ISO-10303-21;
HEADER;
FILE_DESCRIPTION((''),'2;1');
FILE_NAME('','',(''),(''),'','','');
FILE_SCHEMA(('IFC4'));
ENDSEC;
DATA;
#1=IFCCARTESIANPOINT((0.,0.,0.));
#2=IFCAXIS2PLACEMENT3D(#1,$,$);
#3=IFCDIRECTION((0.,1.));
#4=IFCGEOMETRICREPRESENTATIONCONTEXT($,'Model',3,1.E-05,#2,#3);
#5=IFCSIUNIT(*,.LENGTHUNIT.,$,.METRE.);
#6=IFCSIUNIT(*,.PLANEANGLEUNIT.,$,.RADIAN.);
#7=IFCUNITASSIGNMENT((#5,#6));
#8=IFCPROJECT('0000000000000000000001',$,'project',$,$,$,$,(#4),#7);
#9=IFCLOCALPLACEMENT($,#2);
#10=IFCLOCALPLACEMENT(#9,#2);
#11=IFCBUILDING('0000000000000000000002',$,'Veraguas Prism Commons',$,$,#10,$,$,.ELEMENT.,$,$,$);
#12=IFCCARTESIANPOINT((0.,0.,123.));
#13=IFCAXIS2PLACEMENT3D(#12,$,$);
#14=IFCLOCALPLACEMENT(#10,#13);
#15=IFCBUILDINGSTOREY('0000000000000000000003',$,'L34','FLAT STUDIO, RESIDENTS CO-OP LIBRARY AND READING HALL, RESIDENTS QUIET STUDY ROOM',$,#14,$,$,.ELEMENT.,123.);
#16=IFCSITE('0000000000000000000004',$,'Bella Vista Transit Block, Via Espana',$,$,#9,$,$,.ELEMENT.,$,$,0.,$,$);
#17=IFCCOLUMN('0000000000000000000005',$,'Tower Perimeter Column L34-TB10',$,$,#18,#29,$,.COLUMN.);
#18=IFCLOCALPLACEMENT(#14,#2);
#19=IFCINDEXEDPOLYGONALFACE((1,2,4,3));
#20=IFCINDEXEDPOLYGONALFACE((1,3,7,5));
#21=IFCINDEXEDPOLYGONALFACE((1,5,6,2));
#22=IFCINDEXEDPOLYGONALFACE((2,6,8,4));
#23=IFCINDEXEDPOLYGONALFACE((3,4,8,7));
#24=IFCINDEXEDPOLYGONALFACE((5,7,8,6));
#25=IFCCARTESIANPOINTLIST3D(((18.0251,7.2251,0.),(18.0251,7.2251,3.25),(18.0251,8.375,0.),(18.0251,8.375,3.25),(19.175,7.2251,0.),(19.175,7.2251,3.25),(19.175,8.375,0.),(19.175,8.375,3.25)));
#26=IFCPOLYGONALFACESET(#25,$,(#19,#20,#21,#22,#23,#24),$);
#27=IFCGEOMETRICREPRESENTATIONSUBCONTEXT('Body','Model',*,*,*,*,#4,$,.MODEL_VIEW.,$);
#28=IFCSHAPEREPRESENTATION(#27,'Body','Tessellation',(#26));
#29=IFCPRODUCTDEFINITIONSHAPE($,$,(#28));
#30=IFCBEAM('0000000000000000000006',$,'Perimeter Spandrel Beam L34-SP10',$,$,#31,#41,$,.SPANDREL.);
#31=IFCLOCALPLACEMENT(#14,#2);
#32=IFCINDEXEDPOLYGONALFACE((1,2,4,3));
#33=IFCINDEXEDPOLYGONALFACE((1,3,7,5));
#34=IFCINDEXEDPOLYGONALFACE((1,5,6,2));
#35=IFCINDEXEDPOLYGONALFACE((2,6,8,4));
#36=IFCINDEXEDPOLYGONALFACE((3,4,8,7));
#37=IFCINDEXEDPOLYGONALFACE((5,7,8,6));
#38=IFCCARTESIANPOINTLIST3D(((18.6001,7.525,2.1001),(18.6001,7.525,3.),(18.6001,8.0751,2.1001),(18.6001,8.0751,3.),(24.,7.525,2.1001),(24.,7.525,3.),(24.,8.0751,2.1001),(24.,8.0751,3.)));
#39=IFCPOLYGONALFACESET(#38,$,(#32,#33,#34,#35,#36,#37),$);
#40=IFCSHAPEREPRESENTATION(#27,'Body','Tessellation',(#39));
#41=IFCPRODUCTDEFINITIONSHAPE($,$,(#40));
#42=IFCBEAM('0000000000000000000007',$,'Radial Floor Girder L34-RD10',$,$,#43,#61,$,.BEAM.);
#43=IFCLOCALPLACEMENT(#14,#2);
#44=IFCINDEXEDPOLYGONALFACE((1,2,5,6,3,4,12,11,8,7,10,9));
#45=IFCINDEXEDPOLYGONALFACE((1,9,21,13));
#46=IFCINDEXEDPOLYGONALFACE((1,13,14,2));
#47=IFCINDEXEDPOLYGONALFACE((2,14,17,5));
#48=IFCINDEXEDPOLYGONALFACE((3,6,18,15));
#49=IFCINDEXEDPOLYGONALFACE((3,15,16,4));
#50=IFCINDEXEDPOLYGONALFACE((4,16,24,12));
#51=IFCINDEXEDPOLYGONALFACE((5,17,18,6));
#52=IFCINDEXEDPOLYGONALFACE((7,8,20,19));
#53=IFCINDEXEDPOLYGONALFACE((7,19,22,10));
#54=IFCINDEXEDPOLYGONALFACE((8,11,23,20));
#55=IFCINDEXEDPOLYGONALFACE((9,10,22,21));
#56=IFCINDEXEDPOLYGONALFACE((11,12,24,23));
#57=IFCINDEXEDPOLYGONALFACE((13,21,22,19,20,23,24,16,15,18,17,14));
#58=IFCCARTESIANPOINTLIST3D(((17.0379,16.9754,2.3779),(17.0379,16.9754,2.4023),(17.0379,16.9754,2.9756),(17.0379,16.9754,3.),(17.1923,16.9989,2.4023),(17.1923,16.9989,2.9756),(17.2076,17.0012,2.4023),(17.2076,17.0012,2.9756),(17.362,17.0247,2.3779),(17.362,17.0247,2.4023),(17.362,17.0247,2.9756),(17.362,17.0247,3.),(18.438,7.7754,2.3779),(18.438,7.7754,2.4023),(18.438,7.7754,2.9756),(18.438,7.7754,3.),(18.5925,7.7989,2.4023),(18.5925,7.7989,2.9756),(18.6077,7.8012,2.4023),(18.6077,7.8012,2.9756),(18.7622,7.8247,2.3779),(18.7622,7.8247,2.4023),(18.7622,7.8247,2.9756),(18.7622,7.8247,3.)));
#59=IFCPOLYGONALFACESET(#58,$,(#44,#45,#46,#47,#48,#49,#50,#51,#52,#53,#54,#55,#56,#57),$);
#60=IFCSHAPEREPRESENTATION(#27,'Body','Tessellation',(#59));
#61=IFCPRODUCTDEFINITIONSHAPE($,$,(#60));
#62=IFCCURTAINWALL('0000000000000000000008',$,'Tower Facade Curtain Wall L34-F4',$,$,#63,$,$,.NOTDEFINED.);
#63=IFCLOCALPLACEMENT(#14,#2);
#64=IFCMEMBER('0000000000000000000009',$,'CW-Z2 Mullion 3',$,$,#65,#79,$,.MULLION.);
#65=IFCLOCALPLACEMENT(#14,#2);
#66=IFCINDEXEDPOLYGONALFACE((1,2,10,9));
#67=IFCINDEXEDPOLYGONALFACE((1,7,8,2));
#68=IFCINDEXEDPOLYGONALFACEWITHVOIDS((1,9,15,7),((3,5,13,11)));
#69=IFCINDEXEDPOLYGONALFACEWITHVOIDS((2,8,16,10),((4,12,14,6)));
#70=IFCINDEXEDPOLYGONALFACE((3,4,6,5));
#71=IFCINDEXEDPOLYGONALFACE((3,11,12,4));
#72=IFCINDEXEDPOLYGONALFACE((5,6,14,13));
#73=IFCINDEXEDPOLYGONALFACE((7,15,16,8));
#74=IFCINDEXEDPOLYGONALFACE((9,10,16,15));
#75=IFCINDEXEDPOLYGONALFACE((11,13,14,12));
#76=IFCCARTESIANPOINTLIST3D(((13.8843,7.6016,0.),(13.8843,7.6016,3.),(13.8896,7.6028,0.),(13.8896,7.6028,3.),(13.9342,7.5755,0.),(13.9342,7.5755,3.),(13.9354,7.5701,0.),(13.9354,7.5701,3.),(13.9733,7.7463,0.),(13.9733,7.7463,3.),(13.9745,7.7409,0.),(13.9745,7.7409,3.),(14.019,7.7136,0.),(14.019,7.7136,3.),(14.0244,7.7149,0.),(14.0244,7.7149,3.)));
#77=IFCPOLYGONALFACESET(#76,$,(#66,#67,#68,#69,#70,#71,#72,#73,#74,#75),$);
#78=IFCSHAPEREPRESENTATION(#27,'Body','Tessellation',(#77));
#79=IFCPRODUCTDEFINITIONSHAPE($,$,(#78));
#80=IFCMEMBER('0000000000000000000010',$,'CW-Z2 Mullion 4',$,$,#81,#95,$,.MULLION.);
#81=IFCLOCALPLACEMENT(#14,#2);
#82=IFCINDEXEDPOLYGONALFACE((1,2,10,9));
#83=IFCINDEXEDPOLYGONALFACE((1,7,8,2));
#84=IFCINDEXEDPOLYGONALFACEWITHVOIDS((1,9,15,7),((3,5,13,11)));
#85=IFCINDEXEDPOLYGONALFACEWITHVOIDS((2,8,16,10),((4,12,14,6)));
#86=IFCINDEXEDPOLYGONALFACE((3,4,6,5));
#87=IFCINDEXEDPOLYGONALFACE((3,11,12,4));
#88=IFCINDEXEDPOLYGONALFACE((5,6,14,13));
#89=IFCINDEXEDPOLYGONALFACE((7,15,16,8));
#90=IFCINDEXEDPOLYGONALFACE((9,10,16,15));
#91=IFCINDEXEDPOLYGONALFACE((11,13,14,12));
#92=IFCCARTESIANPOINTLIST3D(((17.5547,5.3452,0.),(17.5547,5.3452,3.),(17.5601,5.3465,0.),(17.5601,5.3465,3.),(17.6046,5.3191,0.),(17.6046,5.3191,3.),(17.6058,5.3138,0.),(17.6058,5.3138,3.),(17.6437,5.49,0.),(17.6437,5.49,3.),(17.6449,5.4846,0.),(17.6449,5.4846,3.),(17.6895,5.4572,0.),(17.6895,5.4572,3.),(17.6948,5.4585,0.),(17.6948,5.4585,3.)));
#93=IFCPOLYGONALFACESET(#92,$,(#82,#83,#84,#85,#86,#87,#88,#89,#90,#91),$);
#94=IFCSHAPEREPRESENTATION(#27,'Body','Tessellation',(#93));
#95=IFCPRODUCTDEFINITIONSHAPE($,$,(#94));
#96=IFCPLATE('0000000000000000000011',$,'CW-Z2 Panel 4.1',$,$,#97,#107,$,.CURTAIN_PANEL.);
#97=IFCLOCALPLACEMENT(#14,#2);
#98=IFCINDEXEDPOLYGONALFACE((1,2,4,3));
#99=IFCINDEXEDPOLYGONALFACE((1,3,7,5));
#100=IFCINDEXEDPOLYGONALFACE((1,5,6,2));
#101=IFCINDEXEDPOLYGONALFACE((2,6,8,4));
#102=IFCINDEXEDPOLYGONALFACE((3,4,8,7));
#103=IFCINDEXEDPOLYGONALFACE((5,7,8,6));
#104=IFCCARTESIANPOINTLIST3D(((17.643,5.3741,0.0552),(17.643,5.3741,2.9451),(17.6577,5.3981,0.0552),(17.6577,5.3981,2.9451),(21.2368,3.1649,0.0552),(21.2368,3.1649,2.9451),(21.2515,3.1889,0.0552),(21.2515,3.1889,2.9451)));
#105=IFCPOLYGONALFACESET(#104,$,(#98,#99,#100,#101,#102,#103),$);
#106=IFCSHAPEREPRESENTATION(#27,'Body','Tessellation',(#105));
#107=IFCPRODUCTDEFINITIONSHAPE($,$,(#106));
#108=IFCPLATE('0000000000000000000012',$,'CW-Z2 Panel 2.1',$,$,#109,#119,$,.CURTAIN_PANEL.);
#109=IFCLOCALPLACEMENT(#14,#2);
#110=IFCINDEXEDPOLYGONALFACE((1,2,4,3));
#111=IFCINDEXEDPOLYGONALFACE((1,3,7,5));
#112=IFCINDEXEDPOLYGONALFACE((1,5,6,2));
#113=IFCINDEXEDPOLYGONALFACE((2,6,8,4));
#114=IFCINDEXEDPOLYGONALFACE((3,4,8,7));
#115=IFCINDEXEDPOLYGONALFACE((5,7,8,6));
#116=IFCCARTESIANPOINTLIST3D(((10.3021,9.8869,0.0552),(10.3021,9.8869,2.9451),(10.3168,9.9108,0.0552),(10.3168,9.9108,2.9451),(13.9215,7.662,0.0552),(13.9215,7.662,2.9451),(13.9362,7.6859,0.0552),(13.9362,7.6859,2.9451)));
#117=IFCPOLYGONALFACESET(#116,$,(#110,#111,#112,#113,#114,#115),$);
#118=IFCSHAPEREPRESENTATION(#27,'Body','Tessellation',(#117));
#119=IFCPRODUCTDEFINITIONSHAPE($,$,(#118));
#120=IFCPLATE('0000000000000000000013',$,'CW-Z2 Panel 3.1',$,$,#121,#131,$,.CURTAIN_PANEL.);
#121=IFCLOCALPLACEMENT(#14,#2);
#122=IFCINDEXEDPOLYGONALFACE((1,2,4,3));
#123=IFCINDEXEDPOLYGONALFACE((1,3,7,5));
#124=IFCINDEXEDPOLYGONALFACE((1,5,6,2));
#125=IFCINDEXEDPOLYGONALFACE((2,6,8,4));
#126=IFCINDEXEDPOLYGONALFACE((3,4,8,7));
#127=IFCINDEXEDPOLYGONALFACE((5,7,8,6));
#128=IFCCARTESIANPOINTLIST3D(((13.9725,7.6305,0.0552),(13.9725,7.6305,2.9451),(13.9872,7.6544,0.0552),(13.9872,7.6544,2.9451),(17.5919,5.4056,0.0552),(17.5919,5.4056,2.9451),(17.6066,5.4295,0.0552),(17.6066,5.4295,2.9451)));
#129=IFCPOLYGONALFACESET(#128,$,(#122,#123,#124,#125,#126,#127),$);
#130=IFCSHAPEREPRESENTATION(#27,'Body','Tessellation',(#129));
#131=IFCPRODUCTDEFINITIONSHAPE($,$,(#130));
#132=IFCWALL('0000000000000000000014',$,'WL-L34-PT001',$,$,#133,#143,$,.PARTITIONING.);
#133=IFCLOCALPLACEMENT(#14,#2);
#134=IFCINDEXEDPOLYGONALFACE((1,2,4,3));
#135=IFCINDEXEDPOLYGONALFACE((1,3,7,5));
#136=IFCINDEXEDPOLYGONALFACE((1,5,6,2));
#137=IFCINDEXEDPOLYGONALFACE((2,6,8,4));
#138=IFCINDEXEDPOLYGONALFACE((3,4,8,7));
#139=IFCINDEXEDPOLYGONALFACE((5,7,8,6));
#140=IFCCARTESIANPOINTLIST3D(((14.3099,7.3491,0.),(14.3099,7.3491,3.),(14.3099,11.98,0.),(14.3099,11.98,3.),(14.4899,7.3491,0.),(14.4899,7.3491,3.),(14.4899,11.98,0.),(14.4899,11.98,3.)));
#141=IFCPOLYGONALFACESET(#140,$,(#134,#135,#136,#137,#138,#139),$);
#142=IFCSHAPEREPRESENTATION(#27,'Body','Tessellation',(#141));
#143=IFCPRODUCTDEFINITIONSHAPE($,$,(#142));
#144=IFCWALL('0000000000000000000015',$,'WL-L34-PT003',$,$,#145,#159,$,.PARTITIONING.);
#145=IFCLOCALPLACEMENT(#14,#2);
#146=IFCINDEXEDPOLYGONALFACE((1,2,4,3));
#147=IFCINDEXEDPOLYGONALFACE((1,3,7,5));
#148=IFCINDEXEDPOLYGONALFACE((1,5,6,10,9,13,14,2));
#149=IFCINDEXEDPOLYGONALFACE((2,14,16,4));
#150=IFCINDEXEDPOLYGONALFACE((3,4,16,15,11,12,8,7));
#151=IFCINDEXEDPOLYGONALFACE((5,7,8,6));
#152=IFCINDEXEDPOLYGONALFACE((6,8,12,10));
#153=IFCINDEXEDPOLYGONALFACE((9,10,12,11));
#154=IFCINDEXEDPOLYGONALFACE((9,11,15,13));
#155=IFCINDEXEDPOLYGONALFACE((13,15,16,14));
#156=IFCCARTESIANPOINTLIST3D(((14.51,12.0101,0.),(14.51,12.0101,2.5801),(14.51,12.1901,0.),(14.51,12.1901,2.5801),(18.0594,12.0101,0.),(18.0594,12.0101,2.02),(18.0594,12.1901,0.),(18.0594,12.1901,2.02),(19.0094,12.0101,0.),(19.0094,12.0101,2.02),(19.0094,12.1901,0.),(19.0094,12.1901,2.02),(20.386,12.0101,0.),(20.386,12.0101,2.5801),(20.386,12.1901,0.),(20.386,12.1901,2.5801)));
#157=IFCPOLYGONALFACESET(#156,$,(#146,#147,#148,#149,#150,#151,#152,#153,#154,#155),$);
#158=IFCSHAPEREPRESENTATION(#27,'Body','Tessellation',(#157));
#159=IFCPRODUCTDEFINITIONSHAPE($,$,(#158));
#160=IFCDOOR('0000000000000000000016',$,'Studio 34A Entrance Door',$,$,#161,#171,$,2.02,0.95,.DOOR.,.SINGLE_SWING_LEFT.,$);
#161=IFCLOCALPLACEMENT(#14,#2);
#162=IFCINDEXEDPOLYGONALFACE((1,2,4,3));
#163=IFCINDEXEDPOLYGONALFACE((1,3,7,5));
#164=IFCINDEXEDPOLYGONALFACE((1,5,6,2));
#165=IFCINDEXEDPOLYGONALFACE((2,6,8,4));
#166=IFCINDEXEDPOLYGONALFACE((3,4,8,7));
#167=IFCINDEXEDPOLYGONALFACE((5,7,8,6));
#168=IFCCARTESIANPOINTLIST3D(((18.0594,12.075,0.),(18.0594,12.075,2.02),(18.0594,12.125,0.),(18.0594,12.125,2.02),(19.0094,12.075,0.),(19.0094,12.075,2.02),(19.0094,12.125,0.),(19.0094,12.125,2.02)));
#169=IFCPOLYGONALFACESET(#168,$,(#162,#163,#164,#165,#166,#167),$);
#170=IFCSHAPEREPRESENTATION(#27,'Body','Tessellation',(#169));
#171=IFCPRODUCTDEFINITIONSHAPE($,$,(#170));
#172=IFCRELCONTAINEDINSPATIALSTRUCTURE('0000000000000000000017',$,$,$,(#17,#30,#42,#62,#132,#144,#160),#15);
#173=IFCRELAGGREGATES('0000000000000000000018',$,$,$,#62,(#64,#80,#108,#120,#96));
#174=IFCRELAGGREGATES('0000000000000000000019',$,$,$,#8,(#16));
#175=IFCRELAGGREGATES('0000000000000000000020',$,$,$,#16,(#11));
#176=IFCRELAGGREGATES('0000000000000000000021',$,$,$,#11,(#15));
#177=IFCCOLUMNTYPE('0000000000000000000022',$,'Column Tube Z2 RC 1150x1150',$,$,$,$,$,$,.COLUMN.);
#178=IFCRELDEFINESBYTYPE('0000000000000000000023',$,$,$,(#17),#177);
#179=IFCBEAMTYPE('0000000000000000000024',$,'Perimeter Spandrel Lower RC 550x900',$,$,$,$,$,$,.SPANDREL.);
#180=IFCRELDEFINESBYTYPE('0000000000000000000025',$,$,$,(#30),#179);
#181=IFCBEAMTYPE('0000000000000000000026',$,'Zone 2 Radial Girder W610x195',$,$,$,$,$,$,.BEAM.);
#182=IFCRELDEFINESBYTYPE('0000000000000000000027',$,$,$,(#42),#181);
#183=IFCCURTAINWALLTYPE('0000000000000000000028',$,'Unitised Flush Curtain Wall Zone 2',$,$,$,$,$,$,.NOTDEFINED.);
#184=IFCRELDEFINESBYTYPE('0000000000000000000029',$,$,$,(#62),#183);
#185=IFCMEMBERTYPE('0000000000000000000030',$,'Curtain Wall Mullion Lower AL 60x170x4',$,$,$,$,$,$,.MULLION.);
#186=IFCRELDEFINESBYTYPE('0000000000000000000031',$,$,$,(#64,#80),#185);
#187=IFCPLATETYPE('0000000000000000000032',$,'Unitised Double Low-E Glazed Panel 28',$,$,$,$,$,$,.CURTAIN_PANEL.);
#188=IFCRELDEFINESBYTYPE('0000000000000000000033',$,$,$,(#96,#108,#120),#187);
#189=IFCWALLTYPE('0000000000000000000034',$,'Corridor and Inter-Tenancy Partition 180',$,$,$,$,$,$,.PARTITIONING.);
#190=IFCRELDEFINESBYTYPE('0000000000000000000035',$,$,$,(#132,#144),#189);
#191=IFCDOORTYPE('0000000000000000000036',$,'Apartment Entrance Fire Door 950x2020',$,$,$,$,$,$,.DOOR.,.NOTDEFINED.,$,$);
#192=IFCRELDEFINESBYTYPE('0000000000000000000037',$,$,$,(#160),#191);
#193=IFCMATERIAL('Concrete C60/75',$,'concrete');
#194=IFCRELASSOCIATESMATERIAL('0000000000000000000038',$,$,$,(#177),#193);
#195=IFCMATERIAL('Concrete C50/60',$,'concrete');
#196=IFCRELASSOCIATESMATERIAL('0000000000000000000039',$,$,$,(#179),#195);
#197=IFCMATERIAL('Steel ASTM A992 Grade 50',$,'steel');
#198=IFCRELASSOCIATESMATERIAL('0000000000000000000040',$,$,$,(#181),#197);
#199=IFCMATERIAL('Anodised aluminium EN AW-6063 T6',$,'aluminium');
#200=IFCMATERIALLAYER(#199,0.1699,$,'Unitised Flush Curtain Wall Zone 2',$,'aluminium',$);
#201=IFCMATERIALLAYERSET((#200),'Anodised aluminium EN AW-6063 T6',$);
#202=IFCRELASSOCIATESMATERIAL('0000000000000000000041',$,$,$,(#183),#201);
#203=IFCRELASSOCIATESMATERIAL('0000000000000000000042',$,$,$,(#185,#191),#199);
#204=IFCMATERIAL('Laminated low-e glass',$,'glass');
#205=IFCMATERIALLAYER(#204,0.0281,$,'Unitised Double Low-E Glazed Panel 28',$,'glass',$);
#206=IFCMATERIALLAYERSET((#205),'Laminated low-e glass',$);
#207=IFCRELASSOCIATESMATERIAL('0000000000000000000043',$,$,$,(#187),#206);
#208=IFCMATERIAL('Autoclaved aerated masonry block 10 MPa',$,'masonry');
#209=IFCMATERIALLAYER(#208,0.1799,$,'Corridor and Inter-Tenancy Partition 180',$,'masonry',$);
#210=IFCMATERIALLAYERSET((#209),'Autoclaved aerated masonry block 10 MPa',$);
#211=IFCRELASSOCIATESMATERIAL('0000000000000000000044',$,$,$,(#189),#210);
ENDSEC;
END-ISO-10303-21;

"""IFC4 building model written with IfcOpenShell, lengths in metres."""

from ifc_helpers import new_model, si_unit, direction, frame, frame_2d, origin, origin_2d, place, context, subcontext, project, spatial, rectangle, hollow_rectangle, i_section, extrude, source, transform, mapped, material, layer, layer_set, material_profile, profile_set, type_object, element, fill, aggregate, save


model = new_model("IFC4")

# Units and contexts
model_context = context("Model", 3, precision=1e-05, world=origin(), true_north=direction((0.0, 1.0)))
body_context = subcontext(model_context, "Body", "Model", "MODEL_VIEW")
ifc_project = project(units=[si_unit("LENGTHUNIT", "METRE"), si_unit("PLANEANGLEUNIT", "RADIAN")], contexts=[model_context])

# Site, building, storey
site_placement = place(None, origin())
site = spatial("IfcSite", under=ifc_project, at=site_placement, Name="Bella Vista Transit Block, Via Espana", CompositionType="ELEMENT", RefElevation=0.0)
building_placement = place(site_placement, origin())
building = spatial("IfcBuilding", under=site, at=building_placement, Name="Veraguas Prism Commons", CompositionType="ELEMENT")
storey_placement = place(building_placement, frame((0.0, 0.0, 123.0)))
storey = spatial("IfcBuildingStorey", under=building, at=storey_placement, Name="L34", Description="FLAT STUDIO, RESIDENTS CO-OP LIBRARY AND READING HALL, RESIDENTS QUIET STUDY ROOM", CompositionType="ELEMENT", Elevation=123.0)

# Column
ifc_material_1 = material(Name="Concrete C60/75", Category="concrete")
ifc_material_profile_1 = material_profile(ifc_material_1, rectangle(XDim=1.1499, YDim=1.1499, at=origin_2d()), Name="RC1150X1150")
ifc_profile_set_1 = profile_set([ifc_material_profile_1], Name="Concrete C60/75")
column_type = type_object("IfcColumnType", Name="Column Tube Z2 RC 1150x1150", PredefinedType="COLUMN", material=ifc_profile_set_1)
column_placement = place(storey_placement, frame((18.6001, 7.8, 0.0), z_axis=(0.0, 0.0, 1.0), x_axis=(1.0, 0.0, 0.0)))
element("IfcColumn", 1, at=column_placement, inside=storey, type_object=column_type, Name="Tower Perimeter Column L34-TB10", PredefinedType="COLUMN", context=body_context, shape_type="SweptSolid", body=[
    extrude(rectangle(XDim=1.1499, YDim=1.1499, at=origin_2d()), origin(), (0.0, 0.0, 1.0), 3.25),
])

# Beams
ifc_material_2 = material(Name="Concrete C50/60", Category="concrete")
ifc_material_profile_2 = material_profile(ifc_material_2, rectangle(XDim=0.55, YDim=0.8999, at=origin_2d()), Name="RC550X900")
ifc_profile_set_2 = profile_set([ifc_material_profile_2], Name="Concrete C50/60")
beam_type_1 = type_object("IfcBeamType", Name="Perimeter Spandrel Lower RC 550x900", PredefinedType="SPANDREL", material=ifc_profile_set_2)
beam_1_placement = place(storey_placement, frame((18.6001, 7.8, 2.55), z_axis=(1.0, 0.0, 0.0), x_axis=(0.0, 1.0, 0.0)))
element("IfcBeam", 2, at=beam_1_placement, inside=storey, type_object=beam_type_1, Name="Perimeter Spandrel Beam L34-SP10", PredefinedType="SPANDREL", context=body_context, shape_type="SweptSolid", body=[
    extrude(rectangle(XDim=0.55, YDim=0.8999, at=origin_2d()), origin(), (0.0, 0.0, 1.0), 5.3999),
])
ifc_material_3 = material(Name="Steel ASTM A992 Grade 50", Category="steel")
ifc_material_profile_3 = material_profile(ifc_material_3, i_section(OverallWidth=0.3279, OverallDepth=0.6221, WebThickness=0.0154, FlangeThickness=0.0244, at=origin_2d()), Name="W610X195")
ifc_profile_set_3 = profile_set([ifc_material_profile_3], Name="Steel ASTM A992 Grade 50")
beam_type_2 = type_object("IfcBeamType", Name="Zone 2 Radial Girder W610x195", PredefinedType="BEAM", material=ifc_profile_set_3)
beam_2_placement = place(storey_placement, frame((18.6001, 7.8, 2.689), z_axis=(-0.150458, 0.988616, 0.0), x_axis=(-0.988616, -0.150458, 0.0)))
element("IfcBeam", 3, at=beam_2_placement, inside=storey, type_object=beam_type_2, Name="Radial Floor Girder L34-RD10", PredefinedType="BEAM", context=body_context, shape_type="SweptSolid", body=[
    extrude(i_section(OverallWidth=0.3279, OverallDepth=0.6221, WebThickness=0.0154, FlangeThickness=0.0244, at=origin_2d()), origin(), (0.0, 0.0, 1.0), 9.3059),
])

# Curtain wall, members, plates
ifc_material_4 = material(Name="Anodised aluminium EN AW-6063 T6", Category="aluminium")
ifc_layer_1 = layer(ifc_material_4, 0.1699, Name="Unitised Flush Curtain Wall Zone 2", Category="aluminium")
ifc_layer_set_1 = layer_set([ifc_layer_1], Name="Anodised aluminium EN AW-6063 T6")
curtain_wall_type = type_object("IfcCurtainWallType", Name="Unitised Flush Curtain Wall Zone 2", PredefinedType="NOTDEFINED", material=ifc_layer_set_1)
curtain_wall_placement = place(storey_placement, origin())
curtain_wall = element("IfcCurtainWall", 4, at=curtain_wall_placement, inside=storey, type_object=curtain_wall_type, Name="Tower Facade Curtain Wall L34-F4", PredefinedType="NOTDEFINED")
ifc_material_profile_4 = material_profile(ifc_material_4, hollow_rectangle(XDim=0.0601, YDim=0.1699, WallThickness=0.0039, at=origin_2d()), Name="AL60X170X4")
ifc_profile_set_4 = profile_set([ifc_material_profile_4], Name="Anodised aluminium EN AW-6063 T6")
member_type = type_object("IfcMemberType", Name="Curtain Wall Mullion Lower AL 60x170x4", PredefinedType="MULLION", material=ifc_profile_set_4)
shared_shape_1 = source(origin(), body_context, "Body", "SweptSolid", [
    extrude(hollow_rectangle(XDim=0.0601, YDim=0.1699, WallThickness=0.0039, at=origin_2d()), origin(), (0.0, 0.0, 1.0), 3.0),
])
member_1_placement = place(storey_placement, frame((13.9543, 7.6582, 0.0), z_axis=(0.0, 0.0, 1.0), x_axis=(0.851908, -0.523692, 0.0)))
member_1 = element("IfcMember", 5, at=member_1_placement, type_object=member_type, Name="CW-Z2 Mullion 3", PredefinedType="MULLION", context=body_context, shape_type="MappedRepresentation", body=[
    mapped(shared_shape_1, transform((0.0, 0.0, 0.0), scale=1.0)),
])
member_2_placement = place(storey_placement, frame((17.6248, 5.4019, 0.0), z_axis=(0.0, 0.0, 1.0), x_axis=(0.851908, -0.523692, 0.0)))
member_2 = element("IfcMember", 6, at=member_2_placement, type_object=member_type, Name="CW-Z2 Mullion 4", PredefinedType="MULLION", context=body_context, shape_type="MappedRepresentation", body=[
    mapped(shared_shape_1, transform((0.0, 0.0, 0.0), scale=1.0)),
])
ifc_material_5 = material(Name="Laminated low-e glass", Category="glass")
ifc_layer_2 = layer(ifc_material_5, 0.0281, Name="Unitised Double Low-E Glazed Panel 28", Category="glass")
ifc_layer_set_2 = layer_set([ifc_layer_2], Name="Laminated low-e glass")
plate_type = type_object("IfcPlateType", Name="Unitised Double Low-E Glazed Panel 28", PredefinedType="CURTAIN_PANEL", material=ifc_layer_set_2)
shared_shape_2 = source(origin(), body_context, "Body", "SweptSolid", [
    extrude(rectangle(XDim=4.2185, YDim=0.0281, at=origin_2d()), origin(), (0.0, 0.0, 1.0), 2.8899),
])
plate_1_placement = place(storey_placement, frame((19.4473, 4.2815, 0.0552), z_axis=(0.0, 0.0, 1.0), x_axis=(0.851908, -0.523692, 0.0)))
plate_1 = element("IfcPlate", 7, at=plate_1_placement, type_object=plate_type, Name="CW-Z2 Panel 4.1", PredefinedType="CURTAIN_PANEL", context=body_context, shape_type="MappedRepresentation", body=[
    mapped(shared_shape_2, transform((0.0, 0.0, 0.0), scale=1.0)),
])
shared_shape_3 = source(origin(), body_context, "Body", "SweptSolid", [
    extrude(rectangle(XDim=4.2485, YDim=0.0281, at=origin_2d()), origin(), (0.0, 0.0, 1.0), 2.8899),
])
plate_2_placement = place(storey_placement, frame((12.1191, 8.7864, 0.0552), z_axis=(0.0, 0.0, 1.0), x_axis=(0.851908, -0.523692, 0.0)))
plate_2 = element("IfcPlate", 8, at=plate_2_placement, type_object=plate_type, Name="CW-Z2 Panel 2.1", PredefinedType="CURTAIN_PANEL", context=body_context, shape_type="MappedRepresentation", body=[
    mapped(shared_shape_3, transform((0.0, 0.0, 0.0), scale=1.0)),
])
plate_3_placement = place(storey_placement, frame((15.7896, 6.53, 0.0552), z_axis=(0.0, 0.0, 1.0), x_axis=(0.851908, -0.523692, 0.0)))
plate_3 = element("IfcPlate", 9, at=plate_3_placement, type_object=plate_type, Name="CW-Z2 Panel 3.1", PredefinedType="CURTAIN_PANEL", context=body_context, shape_type="MappedRepresentation", body=[
    mapped(shared_shape_3, transform((0.0, 0.0, 0.0), scale=1.0)),
])
aggregate(curtain_wall, [member_1, member_2, plate_2, plate_3, plate_1])

# Wall
ifc_material_6 = material(Name="Autoclaved aerated masonry block 10 MPa", Category="masonry")
ifc_layer_3 = layer(ifc_material_6, 0.1799, Name="Corridor and Inter-Tenancy Partition 180", Category="masonry")
ifc_layer_set_3 = layer_set([ifc_layer_3], Name="Autoclaved aerated masonry block 10 MPa")
wall_type_1 = type_object("IfcWallType", Name="Corridor and Inter-Tenancy Partition 180", PredefinedType="PARTITIONING", material=ifc_layer_set_3)
wall_1_placement = place(storey_placement, frame((14.3999, 11.98, 0.0), z_axis=(0.0, 0.0, 1.0), x_axis=(0.0, -1.0, 0.0)))
element("IfcWall", 10, at=wall_1_placement, inside=storey, type_object=wall_type_1, Name="WL-L34-PT001", PredefinedType="PARTITIONING", context=body_context, shape_type="SweptSolid", body=[
    extrude(rectangle(XDim=4.6309, YDim=0.1799, at=frame_2d((2.3154, 0.0))), origin(), (0.0, 0.0, 1.0), 3.0),
])

# Wall, opening, door
wall_2_placement = place(storey_placement, frame((14.51, 12.1001, 0.0), z_axis=(0.0, 0.0, 1.0), x_axis=(1.0, 0.0, 0.0)))
wall_2 = element("IfcWall", 11, at=wall_2_placement, inside=storey, type_object=wall_type_1, Name="WL-L34-PT003", PredefinedType="PARTITIONING", context=body_context, shape_type="SweptSolid", body=[
    extrude(rectangle(XDim=5.876, YDim=0.1799, at=frame_2d((2.938, 0.0))), origin(), (0.0, 0.0, 1.0), 2.5801),
])
opening_1_placement = place(wall_2_placement, frame((3.5493, 0.0, 0.0)))
opening_1 = element("IfcOpeningElement", 12, at=opening_1_placement, cuts=wall_2, PredefinedType="OPENING", context=body_context, shape_type="SweptSolid", body=[
    extrude(rectangle(XDim=0.95, YDim=2.02, at=frame_2d((0.4751, 1.01))), frame((0.0, 0.0999, 0.0), z_axis=(0.0, -1.0, 0.0), x_axis=(1.0, 0.0, 0.0)), (0.0, 0.0, 1.0), 0.2),
])
door_type_1 = type_object("IfcDoorType", Name="Apartment Entrance Fire Door 950x2020", OperationType="NOTDEFINED", PredefinedType="DOOR", material=ifc_material_4)
shared_shape_4 = source(origin(), body_context, "Body", "SweptSolid", [
    extrude(rectangle(XDim=0.95, YDim=2.02, at=frame_2d((0.4751, 1.01))), frame((0.0, 0.0249, 0.0), z_axis=(0.0, -1.0, 0.0), x_axis=(1.0, 0.0, 0.0)), (0.0, 0.0, 1.0), 0.05),
])
door_1_placement = place(opening_1_placement, origin())
door_1 = element("IfcDoor", 13, at=door_1_placement, inside=storey, type_object=door_type_1, Name="Studio 34A Entrance Door", OperationType="SINGLE_SWING_LEFT", OverallHeight=2.02, OverallWidth=0.95, PredefinedType="DOOR", context=body_context, shape_type="MappedRepresentation", body=[
    mapped(shared_shape_4, transform((0.0, 0.0, 0.0), scale=1.0)),
])
fill(opening_1, door_1)

save(model, "model.ifc")
